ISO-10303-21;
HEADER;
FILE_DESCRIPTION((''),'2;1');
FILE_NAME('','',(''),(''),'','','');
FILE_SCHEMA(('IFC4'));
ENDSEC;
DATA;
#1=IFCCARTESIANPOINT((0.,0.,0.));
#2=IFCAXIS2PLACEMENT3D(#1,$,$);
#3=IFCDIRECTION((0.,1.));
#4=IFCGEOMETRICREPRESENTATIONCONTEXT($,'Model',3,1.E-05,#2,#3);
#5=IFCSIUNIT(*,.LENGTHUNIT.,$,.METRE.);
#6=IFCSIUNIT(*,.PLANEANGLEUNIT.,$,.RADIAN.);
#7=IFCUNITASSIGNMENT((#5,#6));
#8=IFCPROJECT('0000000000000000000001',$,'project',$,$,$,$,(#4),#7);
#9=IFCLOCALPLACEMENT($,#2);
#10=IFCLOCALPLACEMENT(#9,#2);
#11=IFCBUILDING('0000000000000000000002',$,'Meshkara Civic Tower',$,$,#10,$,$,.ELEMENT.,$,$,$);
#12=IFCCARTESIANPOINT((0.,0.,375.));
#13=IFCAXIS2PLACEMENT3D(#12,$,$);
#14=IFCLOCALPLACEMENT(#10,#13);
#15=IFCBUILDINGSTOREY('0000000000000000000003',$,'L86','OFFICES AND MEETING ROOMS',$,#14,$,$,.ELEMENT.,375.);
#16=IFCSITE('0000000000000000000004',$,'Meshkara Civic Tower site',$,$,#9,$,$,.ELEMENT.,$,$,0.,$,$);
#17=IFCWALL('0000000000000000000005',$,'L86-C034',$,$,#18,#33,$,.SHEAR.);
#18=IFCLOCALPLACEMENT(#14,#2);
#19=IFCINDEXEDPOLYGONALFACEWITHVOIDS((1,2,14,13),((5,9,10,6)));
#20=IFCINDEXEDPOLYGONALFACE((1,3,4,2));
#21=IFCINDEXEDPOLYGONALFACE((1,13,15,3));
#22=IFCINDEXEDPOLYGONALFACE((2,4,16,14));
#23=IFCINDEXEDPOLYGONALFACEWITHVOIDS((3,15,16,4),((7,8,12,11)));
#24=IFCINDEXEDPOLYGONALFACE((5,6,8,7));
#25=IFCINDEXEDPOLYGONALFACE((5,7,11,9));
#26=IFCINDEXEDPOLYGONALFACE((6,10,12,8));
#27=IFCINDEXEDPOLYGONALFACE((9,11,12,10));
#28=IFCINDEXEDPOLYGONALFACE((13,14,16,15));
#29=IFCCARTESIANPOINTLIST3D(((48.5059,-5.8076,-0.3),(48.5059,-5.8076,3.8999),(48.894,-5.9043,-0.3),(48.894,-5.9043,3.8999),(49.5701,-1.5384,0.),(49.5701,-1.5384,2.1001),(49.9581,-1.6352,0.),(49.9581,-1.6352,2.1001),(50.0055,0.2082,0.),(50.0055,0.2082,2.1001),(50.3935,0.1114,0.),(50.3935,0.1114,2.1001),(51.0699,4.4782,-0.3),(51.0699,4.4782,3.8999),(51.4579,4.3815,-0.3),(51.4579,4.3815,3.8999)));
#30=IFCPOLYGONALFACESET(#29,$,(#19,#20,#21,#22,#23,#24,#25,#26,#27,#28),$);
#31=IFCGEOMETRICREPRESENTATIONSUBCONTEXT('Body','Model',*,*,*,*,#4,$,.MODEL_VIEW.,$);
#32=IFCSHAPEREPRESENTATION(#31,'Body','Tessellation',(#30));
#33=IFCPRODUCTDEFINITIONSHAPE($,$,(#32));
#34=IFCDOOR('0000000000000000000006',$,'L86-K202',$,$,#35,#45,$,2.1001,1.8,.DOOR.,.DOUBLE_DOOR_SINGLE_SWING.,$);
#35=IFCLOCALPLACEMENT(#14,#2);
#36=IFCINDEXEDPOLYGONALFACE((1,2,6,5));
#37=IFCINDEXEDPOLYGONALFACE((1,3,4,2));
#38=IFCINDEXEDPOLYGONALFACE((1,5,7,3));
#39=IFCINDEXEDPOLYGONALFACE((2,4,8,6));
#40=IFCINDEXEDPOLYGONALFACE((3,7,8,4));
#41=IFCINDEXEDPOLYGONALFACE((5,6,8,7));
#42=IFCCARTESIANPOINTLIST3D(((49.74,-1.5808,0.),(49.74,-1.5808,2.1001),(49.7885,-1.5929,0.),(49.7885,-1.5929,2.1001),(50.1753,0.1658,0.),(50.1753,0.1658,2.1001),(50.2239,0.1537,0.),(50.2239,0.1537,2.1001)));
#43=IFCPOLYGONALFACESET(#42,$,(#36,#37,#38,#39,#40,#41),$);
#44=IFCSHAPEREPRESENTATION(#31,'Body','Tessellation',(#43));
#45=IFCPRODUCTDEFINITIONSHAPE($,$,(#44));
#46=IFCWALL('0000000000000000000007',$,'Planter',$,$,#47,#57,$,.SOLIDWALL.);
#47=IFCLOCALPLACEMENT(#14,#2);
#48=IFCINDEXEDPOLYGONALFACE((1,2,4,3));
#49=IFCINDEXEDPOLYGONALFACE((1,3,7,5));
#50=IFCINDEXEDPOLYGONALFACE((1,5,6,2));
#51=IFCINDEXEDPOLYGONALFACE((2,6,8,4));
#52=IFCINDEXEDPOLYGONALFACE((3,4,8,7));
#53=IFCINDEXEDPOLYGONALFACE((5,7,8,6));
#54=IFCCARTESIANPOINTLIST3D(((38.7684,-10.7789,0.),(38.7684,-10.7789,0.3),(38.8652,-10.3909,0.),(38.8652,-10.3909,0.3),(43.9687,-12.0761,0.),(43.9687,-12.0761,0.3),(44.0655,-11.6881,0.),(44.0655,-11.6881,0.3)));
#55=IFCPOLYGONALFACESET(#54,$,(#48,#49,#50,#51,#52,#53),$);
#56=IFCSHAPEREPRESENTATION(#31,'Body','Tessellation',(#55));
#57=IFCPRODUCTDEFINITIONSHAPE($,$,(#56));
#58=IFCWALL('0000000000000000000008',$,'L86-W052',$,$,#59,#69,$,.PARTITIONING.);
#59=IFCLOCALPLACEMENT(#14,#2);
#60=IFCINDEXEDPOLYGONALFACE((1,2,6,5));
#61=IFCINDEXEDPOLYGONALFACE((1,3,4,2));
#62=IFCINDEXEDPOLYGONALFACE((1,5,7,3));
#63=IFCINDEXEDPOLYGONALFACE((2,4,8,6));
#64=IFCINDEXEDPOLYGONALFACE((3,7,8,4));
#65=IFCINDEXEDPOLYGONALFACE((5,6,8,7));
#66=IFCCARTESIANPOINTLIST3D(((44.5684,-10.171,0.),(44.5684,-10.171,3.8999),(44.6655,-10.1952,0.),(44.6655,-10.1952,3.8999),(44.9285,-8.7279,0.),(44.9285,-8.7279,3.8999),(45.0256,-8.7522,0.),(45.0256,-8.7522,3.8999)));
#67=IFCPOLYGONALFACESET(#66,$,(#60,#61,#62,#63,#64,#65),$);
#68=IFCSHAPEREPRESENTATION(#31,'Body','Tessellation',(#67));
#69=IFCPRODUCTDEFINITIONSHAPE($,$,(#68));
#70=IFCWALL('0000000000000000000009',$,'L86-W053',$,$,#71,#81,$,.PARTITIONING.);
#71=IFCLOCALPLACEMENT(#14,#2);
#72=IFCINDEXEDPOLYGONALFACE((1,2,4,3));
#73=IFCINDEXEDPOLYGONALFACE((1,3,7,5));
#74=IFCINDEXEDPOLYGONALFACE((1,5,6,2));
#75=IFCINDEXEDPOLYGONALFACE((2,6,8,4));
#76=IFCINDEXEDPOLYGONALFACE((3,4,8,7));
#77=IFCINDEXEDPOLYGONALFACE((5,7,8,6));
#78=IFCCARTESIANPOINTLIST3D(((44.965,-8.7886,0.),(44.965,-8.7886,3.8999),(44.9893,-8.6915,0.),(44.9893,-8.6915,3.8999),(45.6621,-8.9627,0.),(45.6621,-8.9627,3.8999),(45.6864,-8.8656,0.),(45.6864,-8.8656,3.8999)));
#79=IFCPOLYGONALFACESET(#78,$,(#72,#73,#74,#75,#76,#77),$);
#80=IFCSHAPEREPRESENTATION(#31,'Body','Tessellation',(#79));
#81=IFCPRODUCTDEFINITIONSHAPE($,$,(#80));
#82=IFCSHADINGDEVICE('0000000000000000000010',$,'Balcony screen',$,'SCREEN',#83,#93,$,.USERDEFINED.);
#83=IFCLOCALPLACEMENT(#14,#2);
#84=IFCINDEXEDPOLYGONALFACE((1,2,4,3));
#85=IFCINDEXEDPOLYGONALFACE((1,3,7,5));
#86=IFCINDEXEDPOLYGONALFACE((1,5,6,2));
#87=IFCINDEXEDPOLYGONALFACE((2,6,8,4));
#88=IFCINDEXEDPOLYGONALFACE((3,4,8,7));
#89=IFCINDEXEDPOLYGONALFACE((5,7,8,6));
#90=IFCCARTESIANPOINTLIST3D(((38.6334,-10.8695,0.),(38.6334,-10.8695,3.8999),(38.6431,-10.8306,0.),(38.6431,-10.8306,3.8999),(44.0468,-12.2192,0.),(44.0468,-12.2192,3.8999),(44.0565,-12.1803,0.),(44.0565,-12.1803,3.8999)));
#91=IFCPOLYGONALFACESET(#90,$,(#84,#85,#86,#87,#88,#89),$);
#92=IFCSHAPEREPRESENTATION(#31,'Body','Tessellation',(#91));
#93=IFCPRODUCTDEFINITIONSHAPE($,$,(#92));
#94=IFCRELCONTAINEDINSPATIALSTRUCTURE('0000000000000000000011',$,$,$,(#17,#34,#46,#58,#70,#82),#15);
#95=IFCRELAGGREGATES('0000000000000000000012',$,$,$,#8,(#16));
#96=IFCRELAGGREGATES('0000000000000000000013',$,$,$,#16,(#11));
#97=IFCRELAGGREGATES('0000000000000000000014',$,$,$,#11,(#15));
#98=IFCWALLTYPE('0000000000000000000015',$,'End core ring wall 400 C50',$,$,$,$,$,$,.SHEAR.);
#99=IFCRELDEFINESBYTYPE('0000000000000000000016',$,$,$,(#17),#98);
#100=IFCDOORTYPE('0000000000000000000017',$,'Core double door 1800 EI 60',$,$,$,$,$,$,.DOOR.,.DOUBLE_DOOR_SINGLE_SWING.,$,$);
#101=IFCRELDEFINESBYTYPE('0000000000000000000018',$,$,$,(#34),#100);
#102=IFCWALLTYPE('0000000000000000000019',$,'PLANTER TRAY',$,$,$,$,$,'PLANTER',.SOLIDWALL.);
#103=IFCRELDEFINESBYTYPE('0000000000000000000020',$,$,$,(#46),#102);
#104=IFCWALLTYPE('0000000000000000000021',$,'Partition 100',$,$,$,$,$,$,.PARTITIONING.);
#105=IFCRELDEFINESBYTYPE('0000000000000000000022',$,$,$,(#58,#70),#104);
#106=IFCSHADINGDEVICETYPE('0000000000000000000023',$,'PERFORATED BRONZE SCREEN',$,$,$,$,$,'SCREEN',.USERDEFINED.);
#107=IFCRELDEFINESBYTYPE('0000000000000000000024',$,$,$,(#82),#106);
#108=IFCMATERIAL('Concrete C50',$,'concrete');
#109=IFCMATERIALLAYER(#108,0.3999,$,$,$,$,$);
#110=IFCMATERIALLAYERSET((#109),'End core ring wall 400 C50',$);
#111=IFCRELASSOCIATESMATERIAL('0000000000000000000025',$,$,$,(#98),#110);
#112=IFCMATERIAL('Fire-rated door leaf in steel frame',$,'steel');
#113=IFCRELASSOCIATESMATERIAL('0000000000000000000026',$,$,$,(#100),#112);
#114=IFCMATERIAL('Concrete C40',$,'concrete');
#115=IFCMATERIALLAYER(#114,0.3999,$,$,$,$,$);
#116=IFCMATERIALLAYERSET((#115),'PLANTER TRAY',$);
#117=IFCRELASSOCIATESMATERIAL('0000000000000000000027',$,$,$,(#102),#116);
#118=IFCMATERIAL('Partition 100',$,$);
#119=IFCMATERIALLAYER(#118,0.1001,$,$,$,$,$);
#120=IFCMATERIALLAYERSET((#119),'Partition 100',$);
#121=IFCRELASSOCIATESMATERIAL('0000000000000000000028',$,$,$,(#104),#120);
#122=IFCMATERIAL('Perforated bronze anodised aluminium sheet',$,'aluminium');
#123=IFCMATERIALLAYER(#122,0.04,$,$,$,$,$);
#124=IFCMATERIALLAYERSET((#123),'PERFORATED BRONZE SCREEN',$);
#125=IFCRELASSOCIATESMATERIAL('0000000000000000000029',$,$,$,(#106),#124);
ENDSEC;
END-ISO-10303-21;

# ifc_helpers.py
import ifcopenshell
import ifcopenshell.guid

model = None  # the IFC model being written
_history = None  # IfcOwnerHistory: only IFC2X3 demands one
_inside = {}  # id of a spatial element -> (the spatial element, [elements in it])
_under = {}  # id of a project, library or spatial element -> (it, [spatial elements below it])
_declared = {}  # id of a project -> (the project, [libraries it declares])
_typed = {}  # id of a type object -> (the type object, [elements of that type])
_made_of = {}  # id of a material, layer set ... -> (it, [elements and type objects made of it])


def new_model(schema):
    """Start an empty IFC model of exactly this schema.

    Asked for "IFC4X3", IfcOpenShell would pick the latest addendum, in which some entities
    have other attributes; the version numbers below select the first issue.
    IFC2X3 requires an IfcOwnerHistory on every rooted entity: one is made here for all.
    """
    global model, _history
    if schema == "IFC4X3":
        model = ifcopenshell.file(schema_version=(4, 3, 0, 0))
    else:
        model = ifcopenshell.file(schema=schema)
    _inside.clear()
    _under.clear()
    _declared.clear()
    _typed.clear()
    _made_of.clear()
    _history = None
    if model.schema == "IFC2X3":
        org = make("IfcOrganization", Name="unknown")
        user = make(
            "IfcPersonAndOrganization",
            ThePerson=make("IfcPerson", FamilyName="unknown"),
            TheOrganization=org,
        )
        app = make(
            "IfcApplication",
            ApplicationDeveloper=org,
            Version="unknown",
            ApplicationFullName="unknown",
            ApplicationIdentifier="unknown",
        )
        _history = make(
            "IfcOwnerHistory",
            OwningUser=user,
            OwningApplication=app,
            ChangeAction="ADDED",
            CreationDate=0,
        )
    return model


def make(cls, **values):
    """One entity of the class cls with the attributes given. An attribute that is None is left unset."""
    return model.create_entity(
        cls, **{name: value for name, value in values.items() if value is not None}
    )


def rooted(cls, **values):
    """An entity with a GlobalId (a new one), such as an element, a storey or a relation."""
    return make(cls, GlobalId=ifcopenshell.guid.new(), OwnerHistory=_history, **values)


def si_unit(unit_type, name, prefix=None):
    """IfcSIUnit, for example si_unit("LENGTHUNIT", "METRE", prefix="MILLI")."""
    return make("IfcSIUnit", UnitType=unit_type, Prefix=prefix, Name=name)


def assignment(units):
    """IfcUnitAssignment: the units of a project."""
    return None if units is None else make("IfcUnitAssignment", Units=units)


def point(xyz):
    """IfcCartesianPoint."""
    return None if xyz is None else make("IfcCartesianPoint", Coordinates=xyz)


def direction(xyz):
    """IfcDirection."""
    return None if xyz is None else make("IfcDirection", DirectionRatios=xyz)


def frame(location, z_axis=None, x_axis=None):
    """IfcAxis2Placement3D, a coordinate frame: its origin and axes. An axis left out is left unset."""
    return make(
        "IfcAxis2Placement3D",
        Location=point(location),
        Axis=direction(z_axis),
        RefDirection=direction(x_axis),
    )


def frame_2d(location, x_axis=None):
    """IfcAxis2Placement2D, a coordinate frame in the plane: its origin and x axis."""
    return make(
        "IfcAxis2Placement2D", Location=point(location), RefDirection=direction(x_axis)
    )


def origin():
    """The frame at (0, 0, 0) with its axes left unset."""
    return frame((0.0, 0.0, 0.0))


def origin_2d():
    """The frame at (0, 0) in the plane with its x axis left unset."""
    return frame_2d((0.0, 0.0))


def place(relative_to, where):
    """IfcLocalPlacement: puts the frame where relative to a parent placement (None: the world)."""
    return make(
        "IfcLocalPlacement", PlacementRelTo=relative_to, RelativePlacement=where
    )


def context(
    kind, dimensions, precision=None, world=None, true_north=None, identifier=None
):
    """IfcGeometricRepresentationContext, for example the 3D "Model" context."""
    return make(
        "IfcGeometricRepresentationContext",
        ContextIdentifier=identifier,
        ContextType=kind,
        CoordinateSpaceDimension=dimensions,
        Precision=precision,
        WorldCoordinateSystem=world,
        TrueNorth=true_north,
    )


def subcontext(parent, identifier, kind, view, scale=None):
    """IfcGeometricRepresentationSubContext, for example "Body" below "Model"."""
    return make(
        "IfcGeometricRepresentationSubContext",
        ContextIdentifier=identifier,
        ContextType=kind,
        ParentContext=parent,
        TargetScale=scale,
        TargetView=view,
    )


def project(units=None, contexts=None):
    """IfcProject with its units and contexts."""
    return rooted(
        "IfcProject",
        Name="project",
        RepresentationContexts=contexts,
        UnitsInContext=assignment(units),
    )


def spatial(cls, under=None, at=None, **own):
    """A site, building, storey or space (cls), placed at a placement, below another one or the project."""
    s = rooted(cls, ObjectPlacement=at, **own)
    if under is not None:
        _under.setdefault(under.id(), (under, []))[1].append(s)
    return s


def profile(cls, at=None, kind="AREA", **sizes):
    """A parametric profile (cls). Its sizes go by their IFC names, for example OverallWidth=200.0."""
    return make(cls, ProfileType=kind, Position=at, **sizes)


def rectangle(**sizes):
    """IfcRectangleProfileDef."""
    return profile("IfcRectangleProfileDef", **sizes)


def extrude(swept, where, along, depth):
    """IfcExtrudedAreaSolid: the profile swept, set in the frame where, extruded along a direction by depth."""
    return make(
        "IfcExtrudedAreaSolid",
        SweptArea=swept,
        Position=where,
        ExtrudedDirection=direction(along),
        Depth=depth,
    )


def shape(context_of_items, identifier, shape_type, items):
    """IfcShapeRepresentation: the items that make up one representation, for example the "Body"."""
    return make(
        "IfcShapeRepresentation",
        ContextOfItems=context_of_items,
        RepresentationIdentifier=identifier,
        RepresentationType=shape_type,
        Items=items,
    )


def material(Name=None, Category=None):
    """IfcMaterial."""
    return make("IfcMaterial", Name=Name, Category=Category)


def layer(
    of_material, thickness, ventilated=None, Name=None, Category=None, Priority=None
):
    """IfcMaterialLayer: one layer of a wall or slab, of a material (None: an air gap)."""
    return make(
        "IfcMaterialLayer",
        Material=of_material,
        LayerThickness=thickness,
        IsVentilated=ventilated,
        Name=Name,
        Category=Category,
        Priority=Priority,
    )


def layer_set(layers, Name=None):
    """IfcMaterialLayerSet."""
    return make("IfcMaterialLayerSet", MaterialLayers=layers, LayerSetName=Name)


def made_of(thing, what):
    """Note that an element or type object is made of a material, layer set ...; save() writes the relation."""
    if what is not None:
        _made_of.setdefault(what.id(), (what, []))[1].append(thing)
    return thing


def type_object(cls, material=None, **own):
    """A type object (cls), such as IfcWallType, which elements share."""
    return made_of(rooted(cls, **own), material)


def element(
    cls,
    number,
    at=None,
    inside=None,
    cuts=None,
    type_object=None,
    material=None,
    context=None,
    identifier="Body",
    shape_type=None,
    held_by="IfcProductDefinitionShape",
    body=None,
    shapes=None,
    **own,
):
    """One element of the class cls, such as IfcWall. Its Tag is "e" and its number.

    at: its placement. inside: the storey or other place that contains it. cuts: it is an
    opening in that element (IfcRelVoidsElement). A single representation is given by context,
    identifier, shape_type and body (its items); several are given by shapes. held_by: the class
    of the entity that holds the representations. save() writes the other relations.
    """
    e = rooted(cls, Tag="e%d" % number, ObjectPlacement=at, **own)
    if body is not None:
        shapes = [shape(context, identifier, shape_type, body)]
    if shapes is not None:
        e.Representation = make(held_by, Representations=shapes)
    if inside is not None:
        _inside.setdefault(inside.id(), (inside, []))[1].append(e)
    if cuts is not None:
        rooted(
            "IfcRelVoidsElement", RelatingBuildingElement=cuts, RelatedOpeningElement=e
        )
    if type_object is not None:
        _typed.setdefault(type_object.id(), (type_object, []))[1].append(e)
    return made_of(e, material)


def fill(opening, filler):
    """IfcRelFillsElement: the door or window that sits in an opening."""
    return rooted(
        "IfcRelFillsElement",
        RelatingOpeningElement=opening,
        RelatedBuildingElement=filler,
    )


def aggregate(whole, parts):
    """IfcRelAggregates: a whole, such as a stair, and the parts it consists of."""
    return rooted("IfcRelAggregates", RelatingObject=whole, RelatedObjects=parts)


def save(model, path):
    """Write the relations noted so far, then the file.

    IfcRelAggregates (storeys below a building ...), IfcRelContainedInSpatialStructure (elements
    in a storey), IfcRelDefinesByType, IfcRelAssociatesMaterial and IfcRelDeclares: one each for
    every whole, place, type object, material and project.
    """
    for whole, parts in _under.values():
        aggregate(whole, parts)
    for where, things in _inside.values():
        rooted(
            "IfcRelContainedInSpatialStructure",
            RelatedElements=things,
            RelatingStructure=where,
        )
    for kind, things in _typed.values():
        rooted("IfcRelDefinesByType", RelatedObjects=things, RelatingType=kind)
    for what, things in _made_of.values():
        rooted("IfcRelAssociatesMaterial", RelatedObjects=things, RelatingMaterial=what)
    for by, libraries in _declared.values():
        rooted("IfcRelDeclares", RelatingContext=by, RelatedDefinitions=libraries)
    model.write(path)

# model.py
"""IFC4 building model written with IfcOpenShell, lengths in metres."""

from ifc_helpers import new_model, si_unit, direction, frame, frame_2d, origin, origin_2d, place, context, subcontext, project, spatial, rectangle, extrude, material, layer, layer_set, type_object, element, fill, save


model = new_model("IFC4")

# Units and contexts
model_context = context("Model", 3, precision=1e-05, world=origin(), true_north=direction((0.0, 1.0)))
body_context = subcontext(model_context, "Body", "Model", "MODEL_VIEW")
ifc_project = project(units=[si_unit("LENGTHUNIT", "METRE"), si_unit("PLANEANGLEUNIT", "RADIAN")], contexts=[model_context])

# Site, building, storey
site_placement = place(None, origin())
site = spatial("IfcSite", under=ifc_project, at=site_placement, Name="Meshkara Civic Tower site", CompositionType="ELEMENT", RefElevation=0.0)
building_placement = place(site_placement, origin())
building = spatial("IfcBuilding", under=site, at=building_placement, Name="Meshkara Civic Tower", CompositionType="ELEMENT")
storey_placement = place(building_placement, frame((0.0, 0.0, 375.0)))
storey = spatial("IfcBuildingStorey", under=building, at=storey_placement, Name="L86", Description="OFFICES AND MEETING ROOMS", CompositionType="ELEMENT", Elevation=375.0)

# Shared definitions
ifc_material_1 = material(Name="Concrete C50", Category="concrete")
ifc_layer_1 = layer(ifc_material_1, 0.3999)
ifc_layer_set_1 = layer_set([ifc_layer_1], Name="End core ring wall 400 C50")
wall_type_1 = type_object("IfcWallType", Name="End core ring wall 400 C50", PredefinedType="SHEAR", material=ifc_layer_set_1)

# Wall, opening, door
wall_1_placement = place(storey_placement, frame((48.7, -5.856, -0.3), z_axis=(0.0, 0.0, 1.0), x_axis=(0.241869, 0.970309, 0.0)))
wall_1 = element("IfcWall", 1, at=wall_1_placement, inside=storey, type_object=wall_type_1, Name="L86-C034", PredefinedType="SHEAR", context=body_context, shape_type="SweptSolid", body=[
    extrude(rectangle(XDim=10.6006, YDim=0.3999, at=frame_2d((5.3003, 0.0))), origin(), (0.0, 0.0, 1.0), 4.2),
])
opening_1_placement = place(wall_1_placement, frame((4.3999, 0.0, 0.3)))
opening_1 = element("IfcOpeningElement", 2, at=opening_1_placement, cuts=wall_1, PredefinedType="OPENING", context=body_context, shape_type="SweptSolid", body=[
    extrude(rectangle(XDim=1.8, YDim=2.1001, at=frame_2d((0.8999, 1.05))), frame((0.0, 0.21, 0.0), z_axis=(0.0, -1.0, 0.0), x_axis=(1.0, 0.0, 0.0)), (0.0, 0.0, 1.0), 0.4199),
])
ifc_material_2 = material(Name="Fire-rated door leaf in steel frame", Category="steel")
door_type_1 = type_object("IfcDoorType", Name="Core double door 1800 EI 60", OperationType="DOUBLE_DOOR_SINGLE_SWING", PredefinedType="DOOR", material=ifc_material_2)
door_1_placement = place(opening_1_placement, origin())
door_1 = element("IfcDoor", 3, at=door_1_placement, inside=storey, type_object=door_type_1, Name="L86-K202", OperationType="DOUBLE_DOOR_SINGLE_SWING", OverallHeight=2.1001, OverallWidth=1.8, PredefinedType="DOOR", context=body_context, shape_type="SweptSolid", body=[
    extrude(rectangle(XDim=1.8, YDim=2.1001, at=frame_2d((0.8999, 1.05))), frame((0.0, 0.0249, 0.0), z_axis=(0.0, -1.0, 0.0), x_axis=(1.0, 0.0, 0.0)), (0.0, 0.0, 1.0), 0.05),
])
fill(opening_1, door_1)

# Walls
ifc_material_3 = material(Name="Concrete C40", Category="concrete")
ifc_layer_2 = layer(ifc_material_3, 0.3999)
ifc_layer_set_2 = layer_set([ifc_layer_2], Name="PLANTER TRAY")
wall_type_2 = type_object("IfcWallType", Name="PLANTER TRAY", ElementType="PLANTER", PredefinedType="SOLIDWALL", material=ifc_layer_set_2)
wall_2_placement = place(storey_placement, frame((38.8169, -10.585, 0.0), z_axis=(0.0, 0.0, 1.0), x_axis=(0.970271, -0.242021, 0.0)))
element("IfcWall", 4, at=wall_2_placement, inside=storey, type_object=wall_type_2, Name="Planter", PredefinedType="SOLIDWALL", context=body_context, shape_type="SweptSolid", body=[
    extrude(rectangle(XDim=5.3596, YDim=0.3999, at=frame_2d((2.6797, 0.0))), origin(), (0.0, 0.0, 1.0), 0.3),
])
ifc_material_4 = material(Name="Partition 100")
ifc_layer_3 = layer(ifc_material_4, 0.1001)
ifc_layer_set_3 = layer_set([ifc_layer_3], Name="Partition 100")
wall_type_3 = type_object("IfcWallType", Name="Partition 100", PredefinedType="PARTITIONING", material=ifc_layer_set_3)
wall_3_placement = place(storey_placement, frame((44.6169, -10.1831, 0.0), z_axis=(0.0, 0.0, 1.0), x_axis=(0.242111, 0.970249, 0.0)))
element("IfcWall", 5, at=wall_3_placement, inside=storey, type_object=wall_type_3, Name="L86-W052", PredefinedType="PARTITIONING", context=body_context, shape_type="SweptSolid", body=[
    extrude(rectangle(XDim=1.4873, YDim=0.1001, at=frame_2d((0.7437, 0.0))), origin(), (0.0, 0.0, 1.0), 3.8999),
])
wall_4_placement = place(storey_placement, frame((44.9771, -8.74, 0.0), z_axis=(0.0, 0.0, 1.0), x_axis=(0.970202, -0.242296, 0.0)))
element("IfcWall", 6, at=wall_4_placement, inside=storey, type_object=wall_type_3, Name="L86-W053", PredefinedType="PARTITIONING", context=body_context, shape_type="SweptSolid", body=[
    extrude(rectangle(XDim=0.7185, YDim=0.1001, at=frame_2d((0.3594, 0.0))), origin(), (0.0, 0.0, 1.0), 3.8999),
])

# Shading device
ifc_material_5 = material(Name="Perforated bronze anodised aluminium sheet", Category="aluminium")
ifc_layer_4 = layer(ifc_material_5, 0.04)
ifc_layer_set_4 = layer_set([ifc_layer_4], Name="PERFORATED BRONZE SCREEN")
shading_device_type = type_object("IfcShadingDeviceType", Name="PERFORATED BRONZE SCREEN", ElementType="SCREEN", PredefinedType="USERDEFINED", material=ifc_layer_set_4)
shading_device_placement = place(storey_placement, frame((41.345, -11.5249, 0.0), z_axis=(0.0, 0.0, 1.0), x_axis=(0.970296, -0.241922, 0.0)))
element("IfcShadingDevice", 7, at=shading_device_placement, inside=storey, type_object=shading_device_type, Name="Balcony screen", ObjectType="SCREEN", PredefinedType="USERDEFINED", context=body_context, shape_type="SweptSolid", body=[
    extrude(rectangle(XDim=5.5791, YDim=0.04, at=origin_2d()), origin(), (0.0, 0.0, 1.0), 3.8999),
])

save(model, "model.ifc")
